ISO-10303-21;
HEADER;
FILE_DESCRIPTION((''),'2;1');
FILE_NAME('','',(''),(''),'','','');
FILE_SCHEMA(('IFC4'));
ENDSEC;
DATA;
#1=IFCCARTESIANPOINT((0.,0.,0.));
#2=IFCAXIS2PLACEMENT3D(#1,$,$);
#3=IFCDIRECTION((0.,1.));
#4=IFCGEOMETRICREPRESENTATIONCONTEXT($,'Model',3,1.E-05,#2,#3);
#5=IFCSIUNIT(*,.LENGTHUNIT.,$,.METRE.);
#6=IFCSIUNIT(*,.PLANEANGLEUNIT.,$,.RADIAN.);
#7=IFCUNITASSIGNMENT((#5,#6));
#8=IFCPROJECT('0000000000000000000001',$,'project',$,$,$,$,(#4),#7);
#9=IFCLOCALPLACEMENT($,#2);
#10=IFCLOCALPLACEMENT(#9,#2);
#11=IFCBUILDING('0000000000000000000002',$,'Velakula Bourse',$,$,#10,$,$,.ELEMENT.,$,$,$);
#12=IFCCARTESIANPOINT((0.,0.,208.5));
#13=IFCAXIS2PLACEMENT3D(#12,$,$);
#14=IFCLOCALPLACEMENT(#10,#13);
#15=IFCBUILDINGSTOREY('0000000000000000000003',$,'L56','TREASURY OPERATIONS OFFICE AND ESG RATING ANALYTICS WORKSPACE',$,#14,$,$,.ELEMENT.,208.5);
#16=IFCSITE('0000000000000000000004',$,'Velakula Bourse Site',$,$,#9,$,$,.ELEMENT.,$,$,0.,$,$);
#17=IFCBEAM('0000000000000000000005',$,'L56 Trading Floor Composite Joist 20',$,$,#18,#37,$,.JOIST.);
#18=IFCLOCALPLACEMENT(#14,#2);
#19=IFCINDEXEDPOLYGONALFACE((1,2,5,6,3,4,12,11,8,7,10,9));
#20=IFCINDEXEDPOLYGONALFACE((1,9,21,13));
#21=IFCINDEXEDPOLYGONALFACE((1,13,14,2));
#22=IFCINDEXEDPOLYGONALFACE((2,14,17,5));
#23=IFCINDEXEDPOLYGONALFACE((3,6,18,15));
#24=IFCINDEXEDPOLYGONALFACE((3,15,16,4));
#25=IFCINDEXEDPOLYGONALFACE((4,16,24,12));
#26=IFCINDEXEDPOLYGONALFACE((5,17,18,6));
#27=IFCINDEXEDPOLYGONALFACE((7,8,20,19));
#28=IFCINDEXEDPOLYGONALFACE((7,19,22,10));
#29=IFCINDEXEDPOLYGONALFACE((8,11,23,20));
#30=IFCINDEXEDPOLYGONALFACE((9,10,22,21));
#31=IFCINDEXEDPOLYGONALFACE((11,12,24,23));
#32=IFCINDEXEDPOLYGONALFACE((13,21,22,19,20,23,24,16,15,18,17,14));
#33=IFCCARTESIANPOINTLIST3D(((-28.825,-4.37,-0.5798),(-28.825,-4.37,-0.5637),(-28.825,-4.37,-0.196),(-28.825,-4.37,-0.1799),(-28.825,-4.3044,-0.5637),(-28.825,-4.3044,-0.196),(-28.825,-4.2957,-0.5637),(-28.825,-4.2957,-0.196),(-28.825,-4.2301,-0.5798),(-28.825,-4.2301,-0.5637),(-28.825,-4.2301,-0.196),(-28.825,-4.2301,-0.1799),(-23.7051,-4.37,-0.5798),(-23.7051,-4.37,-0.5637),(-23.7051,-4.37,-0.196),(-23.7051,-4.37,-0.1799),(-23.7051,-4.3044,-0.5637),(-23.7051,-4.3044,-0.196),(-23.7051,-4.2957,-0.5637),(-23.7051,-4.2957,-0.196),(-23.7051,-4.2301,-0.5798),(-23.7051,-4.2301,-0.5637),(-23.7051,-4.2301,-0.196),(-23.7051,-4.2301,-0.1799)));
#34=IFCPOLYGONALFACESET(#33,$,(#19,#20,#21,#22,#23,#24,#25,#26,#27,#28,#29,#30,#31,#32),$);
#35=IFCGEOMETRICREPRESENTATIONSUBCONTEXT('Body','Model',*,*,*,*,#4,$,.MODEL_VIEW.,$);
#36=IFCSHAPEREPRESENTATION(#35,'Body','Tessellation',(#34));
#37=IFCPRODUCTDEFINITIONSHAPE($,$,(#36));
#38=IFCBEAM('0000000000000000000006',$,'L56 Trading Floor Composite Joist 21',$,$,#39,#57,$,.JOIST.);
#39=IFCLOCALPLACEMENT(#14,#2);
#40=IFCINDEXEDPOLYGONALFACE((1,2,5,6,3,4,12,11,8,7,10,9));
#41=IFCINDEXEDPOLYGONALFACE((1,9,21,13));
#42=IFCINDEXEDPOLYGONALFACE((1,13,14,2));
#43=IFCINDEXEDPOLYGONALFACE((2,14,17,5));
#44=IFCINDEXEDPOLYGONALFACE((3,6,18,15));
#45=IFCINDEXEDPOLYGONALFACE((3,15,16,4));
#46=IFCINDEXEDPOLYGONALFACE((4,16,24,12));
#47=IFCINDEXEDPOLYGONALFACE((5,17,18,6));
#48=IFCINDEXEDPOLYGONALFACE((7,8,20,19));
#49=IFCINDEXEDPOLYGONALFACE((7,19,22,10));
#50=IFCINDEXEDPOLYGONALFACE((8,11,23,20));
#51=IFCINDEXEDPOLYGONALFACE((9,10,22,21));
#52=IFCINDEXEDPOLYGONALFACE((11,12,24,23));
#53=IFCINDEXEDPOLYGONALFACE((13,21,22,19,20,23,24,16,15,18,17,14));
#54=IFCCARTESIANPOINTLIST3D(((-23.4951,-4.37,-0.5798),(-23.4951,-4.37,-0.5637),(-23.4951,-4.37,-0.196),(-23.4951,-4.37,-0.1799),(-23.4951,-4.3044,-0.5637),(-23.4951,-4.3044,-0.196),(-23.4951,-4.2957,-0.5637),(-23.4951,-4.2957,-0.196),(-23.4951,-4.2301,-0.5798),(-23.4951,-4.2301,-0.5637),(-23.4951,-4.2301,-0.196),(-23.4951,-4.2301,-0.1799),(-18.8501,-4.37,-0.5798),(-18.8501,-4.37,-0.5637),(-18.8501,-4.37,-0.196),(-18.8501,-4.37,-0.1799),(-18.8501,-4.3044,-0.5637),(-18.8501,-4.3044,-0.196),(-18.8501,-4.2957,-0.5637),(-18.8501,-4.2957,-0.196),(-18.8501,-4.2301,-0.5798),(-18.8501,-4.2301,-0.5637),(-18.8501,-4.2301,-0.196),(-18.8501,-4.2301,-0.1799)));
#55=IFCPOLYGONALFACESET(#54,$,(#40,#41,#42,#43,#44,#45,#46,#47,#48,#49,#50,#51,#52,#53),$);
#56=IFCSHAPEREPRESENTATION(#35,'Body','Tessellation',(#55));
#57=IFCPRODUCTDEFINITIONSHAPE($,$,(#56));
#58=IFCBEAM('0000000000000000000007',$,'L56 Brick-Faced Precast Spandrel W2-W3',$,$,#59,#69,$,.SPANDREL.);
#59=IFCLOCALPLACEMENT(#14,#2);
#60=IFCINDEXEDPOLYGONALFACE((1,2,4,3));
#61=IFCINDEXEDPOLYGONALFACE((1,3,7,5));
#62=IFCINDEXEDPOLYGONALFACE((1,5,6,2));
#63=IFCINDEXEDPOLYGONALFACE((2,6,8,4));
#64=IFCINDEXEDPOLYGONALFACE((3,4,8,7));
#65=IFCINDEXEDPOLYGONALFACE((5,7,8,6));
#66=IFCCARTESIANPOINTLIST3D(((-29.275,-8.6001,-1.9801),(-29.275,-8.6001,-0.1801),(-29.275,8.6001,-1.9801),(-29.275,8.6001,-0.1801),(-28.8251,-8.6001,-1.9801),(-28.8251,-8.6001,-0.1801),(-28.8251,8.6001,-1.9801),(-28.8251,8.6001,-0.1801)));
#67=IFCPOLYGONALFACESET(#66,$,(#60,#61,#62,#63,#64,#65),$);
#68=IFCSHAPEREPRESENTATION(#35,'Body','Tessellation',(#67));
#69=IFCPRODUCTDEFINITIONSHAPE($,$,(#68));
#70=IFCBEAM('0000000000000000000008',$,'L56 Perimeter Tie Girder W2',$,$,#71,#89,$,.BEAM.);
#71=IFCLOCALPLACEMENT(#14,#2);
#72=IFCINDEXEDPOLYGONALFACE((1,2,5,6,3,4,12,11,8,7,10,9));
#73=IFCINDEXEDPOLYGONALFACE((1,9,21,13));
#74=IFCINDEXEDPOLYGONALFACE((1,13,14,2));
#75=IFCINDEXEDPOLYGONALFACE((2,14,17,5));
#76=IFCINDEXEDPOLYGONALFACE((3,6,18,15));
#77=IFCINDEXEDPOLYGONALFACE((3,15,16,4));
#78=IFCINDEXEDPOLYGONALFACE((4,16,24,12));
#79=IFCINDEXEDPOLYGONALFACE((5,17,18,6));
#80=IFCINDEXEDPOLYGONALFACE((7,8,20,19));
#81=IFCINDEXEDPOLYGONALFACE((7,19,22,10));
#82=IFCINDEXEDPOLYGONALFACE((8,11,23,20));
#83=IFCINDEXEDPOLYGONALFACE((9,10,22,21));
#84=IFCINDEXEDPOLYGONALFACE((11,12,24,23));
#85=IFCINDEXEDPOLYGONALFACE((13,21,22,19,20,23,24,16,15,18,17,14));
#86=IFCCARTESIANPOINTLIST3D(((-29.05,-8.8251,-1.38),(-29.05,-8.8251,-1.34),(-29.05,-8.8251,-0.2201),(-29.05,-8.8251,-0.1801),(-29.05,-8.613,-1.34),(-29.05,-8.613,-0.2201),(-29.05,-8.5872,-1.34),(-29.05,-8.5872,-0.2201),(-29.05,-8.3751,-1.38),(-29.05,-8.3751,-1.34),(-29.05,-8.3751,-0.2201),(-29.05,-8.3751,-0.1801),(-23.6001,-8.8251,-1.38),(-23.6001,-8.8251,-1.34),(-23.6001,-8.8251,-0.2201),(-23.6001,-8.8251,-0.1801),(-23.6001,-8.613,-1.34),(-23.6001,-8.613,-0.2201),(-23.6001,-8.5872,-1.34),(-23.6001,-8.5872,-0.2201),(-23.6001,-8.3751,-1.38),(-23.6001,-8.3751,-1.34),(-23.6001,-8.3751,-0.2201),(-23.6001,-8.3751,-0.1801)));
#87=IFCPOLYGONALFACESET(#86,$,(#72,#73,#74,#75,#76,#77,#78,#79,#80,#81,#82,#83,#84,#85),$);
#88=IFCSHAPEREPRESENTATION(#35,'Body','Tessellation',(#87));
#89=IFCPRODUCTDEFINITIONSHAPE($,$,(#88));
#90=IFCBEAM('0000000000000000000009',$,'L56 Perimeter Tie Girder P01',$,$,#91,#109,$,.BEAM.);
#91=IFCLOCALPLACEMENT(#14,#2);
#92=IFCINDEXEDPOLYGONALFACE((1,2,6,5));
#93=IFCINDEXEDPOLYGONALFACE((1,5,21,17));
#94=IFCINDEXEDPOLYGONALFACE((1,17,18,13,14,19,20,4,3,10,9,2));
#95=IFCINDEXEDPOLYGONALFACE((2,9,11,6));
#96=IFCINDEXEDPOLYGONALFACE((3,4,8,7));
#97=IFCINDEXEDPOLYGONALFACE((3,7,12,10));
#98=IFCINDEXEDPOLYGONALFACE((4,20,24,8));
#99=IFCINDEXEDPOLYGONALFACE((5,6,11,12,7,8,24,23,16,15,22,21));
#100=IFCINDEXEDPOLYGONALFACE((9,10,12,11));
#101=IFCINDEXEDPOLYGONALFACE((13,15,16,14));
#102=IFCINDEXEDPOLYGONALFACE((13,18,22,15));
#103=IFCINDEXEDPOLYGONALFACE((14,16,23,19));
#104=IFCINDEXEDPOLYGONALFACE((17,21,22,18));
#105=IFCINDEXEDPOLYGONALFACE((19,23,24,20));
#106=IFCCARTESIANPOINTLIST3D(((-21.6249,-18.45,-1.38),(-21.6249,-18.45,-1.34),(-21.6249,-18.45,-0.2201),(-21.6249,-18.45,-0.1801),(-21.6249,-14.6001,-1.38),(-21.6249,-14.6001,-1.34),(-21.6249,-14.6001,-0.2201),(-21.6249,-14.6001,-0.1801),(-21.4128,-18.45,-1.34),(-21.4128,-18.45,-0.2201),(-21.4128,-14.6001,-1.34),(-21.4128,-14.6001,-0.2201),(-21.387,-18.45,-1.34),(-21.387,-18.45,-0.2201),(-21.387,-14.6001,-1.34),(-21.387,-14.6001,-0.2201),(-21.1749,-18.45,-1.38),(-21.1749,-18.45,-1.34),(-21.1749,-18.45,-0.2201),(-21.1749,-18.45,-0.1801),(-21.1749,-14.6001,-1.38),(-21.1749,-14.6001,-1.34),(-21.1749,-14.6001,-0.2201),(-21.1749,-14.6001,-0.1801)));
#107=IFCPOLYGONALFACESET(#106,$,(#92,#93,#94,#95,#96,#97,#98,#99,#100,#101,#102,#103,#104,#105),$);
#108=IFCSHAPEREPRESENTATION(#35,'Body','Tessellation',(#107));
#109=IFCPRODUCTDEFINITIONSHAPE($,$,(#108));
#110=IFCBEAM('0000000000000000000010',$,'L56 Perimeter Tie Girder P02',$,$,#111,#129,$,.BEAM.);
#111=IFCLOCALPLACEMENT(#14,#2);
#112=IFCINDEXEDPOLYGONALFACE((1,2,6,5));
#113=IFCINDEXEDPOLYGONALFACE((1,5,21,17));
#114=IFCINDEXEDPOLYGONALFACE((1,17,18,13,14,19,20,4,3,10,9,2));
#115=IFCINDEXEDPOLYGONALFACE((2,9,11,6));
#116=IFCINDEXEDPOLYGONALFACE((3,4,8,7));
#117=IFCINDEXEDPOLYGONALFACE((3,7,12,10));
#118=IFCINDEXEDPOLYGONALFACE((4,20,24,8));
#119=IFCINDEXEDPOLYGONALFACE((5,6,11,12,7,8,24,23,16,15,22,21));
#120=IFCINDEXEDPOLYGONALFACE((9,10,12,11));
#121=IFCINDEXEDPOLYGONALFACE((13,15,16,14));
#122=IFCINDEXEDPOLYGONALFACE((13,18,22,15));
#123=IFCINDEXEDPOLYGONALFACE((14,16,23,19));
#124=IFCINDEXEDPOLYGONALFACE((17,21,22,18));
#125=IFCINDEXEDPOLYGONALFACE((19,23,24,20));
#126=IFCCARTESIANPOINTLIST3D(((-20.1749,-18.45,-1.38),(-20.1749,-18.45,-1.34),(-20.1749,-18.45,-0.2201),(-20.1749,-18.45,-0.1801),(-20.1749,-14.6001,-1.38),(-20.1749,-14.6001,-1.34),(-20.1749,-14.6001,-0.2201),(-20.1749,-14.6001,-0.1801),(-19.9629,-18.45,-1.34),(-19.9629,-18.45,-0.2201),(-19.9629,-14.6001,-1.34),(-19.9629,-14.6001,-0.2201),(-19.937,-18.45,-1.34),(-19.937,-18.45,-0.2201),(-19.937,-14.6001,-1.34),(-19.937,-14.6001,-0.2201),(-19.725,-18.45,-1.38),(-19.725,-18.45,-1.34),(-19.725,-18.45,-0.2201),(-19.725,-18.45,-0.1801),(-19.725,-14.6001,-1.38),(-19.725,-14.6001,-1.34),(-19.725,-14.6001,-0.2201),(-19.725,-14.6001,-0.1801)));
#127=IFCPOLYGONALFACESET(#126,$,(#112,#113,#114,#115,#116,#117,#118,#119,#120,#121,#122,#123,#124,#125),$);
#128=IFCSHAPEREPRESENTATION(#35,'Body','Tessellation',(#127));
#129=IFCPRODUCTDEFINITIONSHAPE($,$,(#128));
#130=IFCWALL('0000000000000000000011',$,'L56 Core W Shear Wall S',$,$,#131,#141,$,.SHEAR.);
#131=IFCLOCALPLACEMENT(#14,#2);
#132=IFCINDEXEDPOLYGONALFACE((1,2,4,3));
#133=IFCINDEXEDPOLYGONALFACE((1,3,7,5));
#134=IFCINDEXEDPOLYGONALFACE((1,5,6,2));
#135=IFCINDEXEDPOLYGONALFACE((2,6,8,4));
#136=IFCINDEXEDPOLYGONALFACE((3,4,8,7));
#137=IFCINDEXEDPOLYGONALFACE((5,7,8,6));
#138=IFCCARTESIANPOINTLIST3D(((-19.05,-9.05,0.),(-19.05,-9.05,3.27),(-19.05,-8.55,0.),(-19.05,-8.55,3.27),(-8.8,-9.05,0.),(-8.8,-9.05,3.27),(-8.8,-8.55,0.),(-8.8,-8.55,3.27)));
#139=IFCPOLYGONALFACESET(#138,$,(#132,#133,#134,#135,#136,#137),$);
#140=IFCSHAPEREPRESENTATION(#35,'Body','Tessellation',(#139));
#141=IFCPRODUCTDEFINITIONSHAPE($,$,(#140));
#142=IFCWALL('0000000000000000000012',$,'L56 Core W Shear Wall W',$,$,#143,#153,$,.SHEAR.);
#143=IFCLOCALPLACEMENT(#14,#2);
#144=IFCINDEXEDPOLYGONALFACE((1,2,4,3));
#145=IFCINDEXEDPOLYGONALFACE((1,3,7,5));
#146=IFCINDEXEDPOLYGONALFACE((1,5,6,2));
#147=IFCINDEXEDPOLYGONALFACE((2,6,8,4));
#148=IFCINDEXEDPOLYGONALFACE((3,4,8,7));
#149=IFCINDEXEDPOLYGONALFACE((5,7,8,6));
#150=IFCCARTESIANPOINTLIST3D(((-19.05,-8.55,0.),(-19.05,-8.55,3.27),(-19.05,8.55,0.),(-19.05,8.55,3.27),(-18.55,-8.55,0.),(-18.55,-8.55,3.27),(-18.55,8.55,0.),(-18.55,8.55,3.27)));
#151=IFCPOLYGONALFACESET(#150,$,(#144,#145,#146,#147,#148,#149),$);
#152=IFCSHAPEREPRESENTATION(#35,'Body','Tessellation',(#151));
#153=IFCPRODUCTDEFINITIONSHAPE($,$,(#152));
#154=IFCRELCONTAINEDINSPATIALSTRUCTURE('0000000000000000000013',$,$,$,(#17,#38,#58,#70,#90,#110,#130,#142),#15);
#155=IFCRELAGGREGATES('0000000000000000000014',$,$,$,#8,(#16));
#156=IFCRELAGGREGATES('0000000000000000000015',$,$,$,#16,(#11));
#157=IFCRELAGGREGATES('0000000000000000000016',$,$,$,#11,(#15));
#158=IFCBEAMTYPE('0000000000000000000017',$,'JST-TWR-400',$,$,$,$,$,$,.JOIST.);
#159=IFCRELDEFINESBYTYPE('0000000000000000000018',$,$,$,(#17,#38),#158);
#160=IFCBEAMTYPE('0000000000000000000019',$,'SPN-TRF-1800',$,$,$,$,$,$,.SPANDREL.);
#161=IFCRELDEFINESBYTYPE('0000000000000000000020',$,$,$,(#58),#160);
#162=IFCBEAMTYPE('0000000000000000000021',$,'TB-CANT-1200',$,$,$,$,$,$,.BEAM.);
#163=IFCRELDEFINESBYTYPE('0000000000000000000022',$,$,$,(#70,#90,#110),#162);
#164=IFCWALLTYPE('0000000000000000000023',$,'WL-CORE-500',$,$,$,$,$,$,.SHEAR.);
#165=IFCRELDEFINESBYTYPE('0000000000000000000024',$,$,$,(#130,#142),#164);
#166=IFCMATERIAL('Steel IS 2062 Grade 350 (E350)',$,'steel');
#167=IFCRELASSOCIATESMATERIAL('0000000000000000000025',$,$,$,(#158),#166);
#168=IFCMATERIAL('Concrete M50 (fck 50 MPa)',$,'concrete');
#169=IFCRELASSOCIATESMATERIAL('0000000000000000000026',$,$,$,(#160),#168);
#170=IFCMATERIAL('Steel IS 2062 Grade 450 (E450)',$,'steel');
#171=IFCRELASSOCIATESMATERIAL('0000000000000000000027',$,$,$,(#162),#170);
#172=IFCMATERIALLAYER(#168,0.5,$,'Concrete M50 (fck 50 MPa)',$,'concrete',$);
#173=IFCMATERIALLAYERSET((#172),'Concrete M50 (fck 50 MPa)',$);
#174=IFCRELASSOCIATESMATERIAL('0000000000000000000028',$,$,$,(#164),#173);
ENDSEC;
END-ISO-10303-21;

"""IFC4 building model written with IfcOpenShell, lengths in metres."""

from ifc_helpers import new_model, si_unit, direction, frame, frame_2d, origin, origin_2d, place, context, subcontext, project, spatial, rectangle, i_section, extrude, material, layer, layer_set, material_profile, profile_set, type_object, element, save


model = new_model("IFC4")

# Units and contexts
model_context = context("Model", 3, precision=1e-05, world=origin(), true_north=direction((0.0, 1.0)))
body_context = subcontext(model_context, "Body", "Model", "MODEL_VIEW")
ifc_project = project(units=[si_unit("LENGTHUNIT", "METRE"), si_unit("PLANEANGLEUNIT", "RADIAN")], contexts=[model_context])

# Site, building, storey
site_placement = place(None, origin())
site = spatial("IfcSite", under=ifc_project, at=site_placement, Name="Velakula Bourse Site", CompositionType="ELEMENT", RefElevation=0.0)
building_placement = place(site_placement, origin())
building = spatial("IfcBuilding", under=site, at=building_placement, Name="Velakula Bourse", CompositionType="ELEMENT")
storey_placement = place(building_placement, frame((0.0, 0.0, 208.5)))
storey = spatial("IfcBuildingStorey", under=building, at=storey_placement, Name="L56", Description="TREASURY OPERATIONS OFFICE AND ESG RATING ANALYTICS WORKSPACE", CompositionType="ELEMENT", Elevation=208.5)

# Shared definitions
ifc_material_1 = material(Name="Steel IS 2062 Grade 350 (E350)", Category="steel")

# Beams
ifc_material_profile_1 = material_profile(ifc_material_1, i_section(OverallWidth=0.1399, OverallDepth=0.3999, WebThickness=0.0088, FlangeThickness=0.0161, at=origin_2d()), Name="Steel IS 2062 Grade 350 (E350)")
ifc_profile_set_1 = profile_set([ifc_material_profile_1], Name="Steel IS 2062 Grade 350 (E350)")
beam_type_1 = type_object("IfcBeamType", Name="JST-TWR-400", PredefinedType="JOIST", material=ifc_profile_set_1)
beam_1_placement = place(storey_placement, frame((-28.825, -4.3, -0.3799), z_axis=(1.0, 0.0, 0.0), x_axis=(0.0, 1.0, 0.0)))
element("IfcBeam", 1, at=beam_1_placement, inside=storey, type_object=beam_type_1, Name="L56 Trading Floor Composite Joist 20", PredefinedType="JOIST", context=body_context, shape_type="SweptSolid", body=[
    extrude(i_section(OverallWidth=0.1399, OverallDepth=0.3999, WebThickness=0.0088, FlangeThickness=0.0161, at=origin_2d()), origin(), (0.0, 0.0, 1.0), 5.1199),
])
beam_2_placement = place(storey_placement, frame((-23.4951, -4.3, -0.3799), z_axis=(1.0, 0.0, 0.0), x_axis=(0.0, 1.0, 0.0)))
element("IfcBeam", 2, at=beam_2_placement, inside=storey, type_object=beam_type_1, Name="L56 Trading Floor Composite Joist 21", PredefinedType="JOIST", context=body_context, shape_type="SweptSolid", body=[
    extrude(i_section(OverallWidth=0.1399, OverallDepth=0.3999, WebThickness=0.0088, FlangeThickness=0.0161, at=origin_2d()), origin(), (0.0, 0.0, 1.0), 4.645),
])
ifc_material_2 = material(Name="Concrete M50 (fck 50 MPa)", Category="concrete")
ifc_material_profile_2 = material_profile(ifc_material_2, rectangle(XDim=0.45, YDim=1.8, at=origin_2d()), Name="Concrete M50 (fck 50 MPa)")
ifc_profile_set_2 = profile_set([ifc_material_profile_2], Name="Concrete M50 (fck 50 MPa)")
beam_type_2 = type_object("IfcBeamType", Name="SPN-TRF-1800", PredefinedType="SPANDREL", material=ifc_profile_set_2)
beam_3_placement = place(storey_placement, frame((-29.05, -8.6001, -1.0801), z_axis=(0.0, 1.0, 0.0), x_axis=(-1.0, 0.0, 0.0)))
element("IfcBeam", 3, at=beam_3_placement, inside=storey, type_object=beam_type_2, Name="L56 Brick-Faced Precast Spandrel W2-W3", PredefinedType="SPANDREL", context=body_context, shape_type="SweptSolid", body=[
    extrude(rectangle(XDim=0.45, YDim=1.8, at=origin_2d()), origin(), (0.0, 0.0, 1.0), 17.2002),
])
ifc_material_3 = material(Name="Steel IS 2062 Grade 450 (E450)", Category="steel")
ifc_material_profile_3 = material_profile(ifc_material_3, i_section(OverallWidth=0.45, OverallDepth=1.2, WebThickness=0.0259, FlangeThickness=0.04, at=origin_2d()), Name="Steel IS 2062 Grade 450 (E450)")
ifc_profile_set_3 = profile_set([ifc_material_profile_3], Name="Steel IS 2062 Grade 450 (E450)")
beam_type_3 = type_object("IfcBeamType", Name="TB-CANT-1200", PredefinedType="BEAM", material=ifc_profile_set_3)
beam_4_placement = place(storey_placement, frame((-23.6001, -8.6001, -0.78), z_axis=(-1.0, 0.0, 0.0), x_axis=(0.0, -1.0, 0.0)))
element("IfcBeam", 4, at=beam_4_placement, inside=storey, type_object=beam_type_3, Name="L56 Perimeter Tie Girder W2", PredefinedType="BEAM", context=body_context, shape_type="SweptSolid", body=[
    extrude(i_section(OverallWidth=0.45, OverallDepth=1.2, WebThickness=0.0259, FlangeThickness=0.04, at=origin_2d()), origin(), (0.0, 0.0, 1.0), 5.45),
])
for number, where, z_axis, x_axis, name in (
    (5, (-21.3999, -14.6001, -0.78), (0.0, -1.0, 0.0), (1.0, 0.0, 0.0), "L56 Perimeter Tie Girder P01"),
    (6, (-19.95, -14.6001, -0.78), (0.0, -1.0, 0.0), (1.0, 0.0, 0.0), "L56 Perimeter Tie Girder P02"),
):
    element("IfcBeam", number, at=place(storey_placement, frame(where, z_axis=z_axis, x_axis=x_axis)), inside=storey, type_object=beam_type_3, Name=name, PredefinedType="BEAM", context=body_context, shape_type="SweptSolid", body=[
        extrude(i_section(OverallWidth=0.45, OverallDepth=1.2, WebThickness=0.0259, FlangeThickness=0.04, at=origin_2d()), origin(), (0.0, 0.0, 1.0), 3.8499),
    ])

# Walls
ifc_layer_1 = layer(ifc_material_2, 0.5, Name="Concrete M50 (fck 50 MPa)", Category="concrete")
ifc_layer_set_1 = layer_set([ifc_layer_1], Name="Concrete M50 (fck 50 MPa)")
wall_type_1 = type_object("IfcWallType", Name="WL-CORE-500", PredefinedType="SHEAR", material=ifc_layer_set_1)
wall_1_placement = place(storey_placement, frame((-19.05, -8.8, 0.0), z_axis=(0.0, 0.0, 1.0), x_axis=(1.0, 0.0, 0.0)))
element("IfcWall", 7, at=wall_1_placement, inside=storey, type_object=wall_type_1, Name="L56 Core W Shear Wall S", PredefinedType="SHEAR", context=body_context, shape_type="SweptSolid", body=[
    extrude(rectangle(XDim=10.25, YDim=0.5, at=frame_2d((5.125, 0.0))), origin(), (0.0, 0.0, 1.0), 3.27),
])
wall_2_placement = place(storey_placement, frame((-18.8, -8.55, 0.0), z_axis=(0.0, 0.0, 1.0), x_axis=(0.0, 1.0, 0.0)))
element("IfcWall", 8, at=wall_2_placement, inside=storey, type_object=wall_type_1, Name="L56 Core W Shear Wall W", PredefinedType="SHEAR", context=body_context, shape_type="SweptSolid", body=[
    extrude(rectangle(XDim=17.1001, YDim=0.5, at=frame_2d((8.55, 0.0))), origin(), (0.0, 0.0, 1.0), 3.27),
])

save(model, "model.ifc")
